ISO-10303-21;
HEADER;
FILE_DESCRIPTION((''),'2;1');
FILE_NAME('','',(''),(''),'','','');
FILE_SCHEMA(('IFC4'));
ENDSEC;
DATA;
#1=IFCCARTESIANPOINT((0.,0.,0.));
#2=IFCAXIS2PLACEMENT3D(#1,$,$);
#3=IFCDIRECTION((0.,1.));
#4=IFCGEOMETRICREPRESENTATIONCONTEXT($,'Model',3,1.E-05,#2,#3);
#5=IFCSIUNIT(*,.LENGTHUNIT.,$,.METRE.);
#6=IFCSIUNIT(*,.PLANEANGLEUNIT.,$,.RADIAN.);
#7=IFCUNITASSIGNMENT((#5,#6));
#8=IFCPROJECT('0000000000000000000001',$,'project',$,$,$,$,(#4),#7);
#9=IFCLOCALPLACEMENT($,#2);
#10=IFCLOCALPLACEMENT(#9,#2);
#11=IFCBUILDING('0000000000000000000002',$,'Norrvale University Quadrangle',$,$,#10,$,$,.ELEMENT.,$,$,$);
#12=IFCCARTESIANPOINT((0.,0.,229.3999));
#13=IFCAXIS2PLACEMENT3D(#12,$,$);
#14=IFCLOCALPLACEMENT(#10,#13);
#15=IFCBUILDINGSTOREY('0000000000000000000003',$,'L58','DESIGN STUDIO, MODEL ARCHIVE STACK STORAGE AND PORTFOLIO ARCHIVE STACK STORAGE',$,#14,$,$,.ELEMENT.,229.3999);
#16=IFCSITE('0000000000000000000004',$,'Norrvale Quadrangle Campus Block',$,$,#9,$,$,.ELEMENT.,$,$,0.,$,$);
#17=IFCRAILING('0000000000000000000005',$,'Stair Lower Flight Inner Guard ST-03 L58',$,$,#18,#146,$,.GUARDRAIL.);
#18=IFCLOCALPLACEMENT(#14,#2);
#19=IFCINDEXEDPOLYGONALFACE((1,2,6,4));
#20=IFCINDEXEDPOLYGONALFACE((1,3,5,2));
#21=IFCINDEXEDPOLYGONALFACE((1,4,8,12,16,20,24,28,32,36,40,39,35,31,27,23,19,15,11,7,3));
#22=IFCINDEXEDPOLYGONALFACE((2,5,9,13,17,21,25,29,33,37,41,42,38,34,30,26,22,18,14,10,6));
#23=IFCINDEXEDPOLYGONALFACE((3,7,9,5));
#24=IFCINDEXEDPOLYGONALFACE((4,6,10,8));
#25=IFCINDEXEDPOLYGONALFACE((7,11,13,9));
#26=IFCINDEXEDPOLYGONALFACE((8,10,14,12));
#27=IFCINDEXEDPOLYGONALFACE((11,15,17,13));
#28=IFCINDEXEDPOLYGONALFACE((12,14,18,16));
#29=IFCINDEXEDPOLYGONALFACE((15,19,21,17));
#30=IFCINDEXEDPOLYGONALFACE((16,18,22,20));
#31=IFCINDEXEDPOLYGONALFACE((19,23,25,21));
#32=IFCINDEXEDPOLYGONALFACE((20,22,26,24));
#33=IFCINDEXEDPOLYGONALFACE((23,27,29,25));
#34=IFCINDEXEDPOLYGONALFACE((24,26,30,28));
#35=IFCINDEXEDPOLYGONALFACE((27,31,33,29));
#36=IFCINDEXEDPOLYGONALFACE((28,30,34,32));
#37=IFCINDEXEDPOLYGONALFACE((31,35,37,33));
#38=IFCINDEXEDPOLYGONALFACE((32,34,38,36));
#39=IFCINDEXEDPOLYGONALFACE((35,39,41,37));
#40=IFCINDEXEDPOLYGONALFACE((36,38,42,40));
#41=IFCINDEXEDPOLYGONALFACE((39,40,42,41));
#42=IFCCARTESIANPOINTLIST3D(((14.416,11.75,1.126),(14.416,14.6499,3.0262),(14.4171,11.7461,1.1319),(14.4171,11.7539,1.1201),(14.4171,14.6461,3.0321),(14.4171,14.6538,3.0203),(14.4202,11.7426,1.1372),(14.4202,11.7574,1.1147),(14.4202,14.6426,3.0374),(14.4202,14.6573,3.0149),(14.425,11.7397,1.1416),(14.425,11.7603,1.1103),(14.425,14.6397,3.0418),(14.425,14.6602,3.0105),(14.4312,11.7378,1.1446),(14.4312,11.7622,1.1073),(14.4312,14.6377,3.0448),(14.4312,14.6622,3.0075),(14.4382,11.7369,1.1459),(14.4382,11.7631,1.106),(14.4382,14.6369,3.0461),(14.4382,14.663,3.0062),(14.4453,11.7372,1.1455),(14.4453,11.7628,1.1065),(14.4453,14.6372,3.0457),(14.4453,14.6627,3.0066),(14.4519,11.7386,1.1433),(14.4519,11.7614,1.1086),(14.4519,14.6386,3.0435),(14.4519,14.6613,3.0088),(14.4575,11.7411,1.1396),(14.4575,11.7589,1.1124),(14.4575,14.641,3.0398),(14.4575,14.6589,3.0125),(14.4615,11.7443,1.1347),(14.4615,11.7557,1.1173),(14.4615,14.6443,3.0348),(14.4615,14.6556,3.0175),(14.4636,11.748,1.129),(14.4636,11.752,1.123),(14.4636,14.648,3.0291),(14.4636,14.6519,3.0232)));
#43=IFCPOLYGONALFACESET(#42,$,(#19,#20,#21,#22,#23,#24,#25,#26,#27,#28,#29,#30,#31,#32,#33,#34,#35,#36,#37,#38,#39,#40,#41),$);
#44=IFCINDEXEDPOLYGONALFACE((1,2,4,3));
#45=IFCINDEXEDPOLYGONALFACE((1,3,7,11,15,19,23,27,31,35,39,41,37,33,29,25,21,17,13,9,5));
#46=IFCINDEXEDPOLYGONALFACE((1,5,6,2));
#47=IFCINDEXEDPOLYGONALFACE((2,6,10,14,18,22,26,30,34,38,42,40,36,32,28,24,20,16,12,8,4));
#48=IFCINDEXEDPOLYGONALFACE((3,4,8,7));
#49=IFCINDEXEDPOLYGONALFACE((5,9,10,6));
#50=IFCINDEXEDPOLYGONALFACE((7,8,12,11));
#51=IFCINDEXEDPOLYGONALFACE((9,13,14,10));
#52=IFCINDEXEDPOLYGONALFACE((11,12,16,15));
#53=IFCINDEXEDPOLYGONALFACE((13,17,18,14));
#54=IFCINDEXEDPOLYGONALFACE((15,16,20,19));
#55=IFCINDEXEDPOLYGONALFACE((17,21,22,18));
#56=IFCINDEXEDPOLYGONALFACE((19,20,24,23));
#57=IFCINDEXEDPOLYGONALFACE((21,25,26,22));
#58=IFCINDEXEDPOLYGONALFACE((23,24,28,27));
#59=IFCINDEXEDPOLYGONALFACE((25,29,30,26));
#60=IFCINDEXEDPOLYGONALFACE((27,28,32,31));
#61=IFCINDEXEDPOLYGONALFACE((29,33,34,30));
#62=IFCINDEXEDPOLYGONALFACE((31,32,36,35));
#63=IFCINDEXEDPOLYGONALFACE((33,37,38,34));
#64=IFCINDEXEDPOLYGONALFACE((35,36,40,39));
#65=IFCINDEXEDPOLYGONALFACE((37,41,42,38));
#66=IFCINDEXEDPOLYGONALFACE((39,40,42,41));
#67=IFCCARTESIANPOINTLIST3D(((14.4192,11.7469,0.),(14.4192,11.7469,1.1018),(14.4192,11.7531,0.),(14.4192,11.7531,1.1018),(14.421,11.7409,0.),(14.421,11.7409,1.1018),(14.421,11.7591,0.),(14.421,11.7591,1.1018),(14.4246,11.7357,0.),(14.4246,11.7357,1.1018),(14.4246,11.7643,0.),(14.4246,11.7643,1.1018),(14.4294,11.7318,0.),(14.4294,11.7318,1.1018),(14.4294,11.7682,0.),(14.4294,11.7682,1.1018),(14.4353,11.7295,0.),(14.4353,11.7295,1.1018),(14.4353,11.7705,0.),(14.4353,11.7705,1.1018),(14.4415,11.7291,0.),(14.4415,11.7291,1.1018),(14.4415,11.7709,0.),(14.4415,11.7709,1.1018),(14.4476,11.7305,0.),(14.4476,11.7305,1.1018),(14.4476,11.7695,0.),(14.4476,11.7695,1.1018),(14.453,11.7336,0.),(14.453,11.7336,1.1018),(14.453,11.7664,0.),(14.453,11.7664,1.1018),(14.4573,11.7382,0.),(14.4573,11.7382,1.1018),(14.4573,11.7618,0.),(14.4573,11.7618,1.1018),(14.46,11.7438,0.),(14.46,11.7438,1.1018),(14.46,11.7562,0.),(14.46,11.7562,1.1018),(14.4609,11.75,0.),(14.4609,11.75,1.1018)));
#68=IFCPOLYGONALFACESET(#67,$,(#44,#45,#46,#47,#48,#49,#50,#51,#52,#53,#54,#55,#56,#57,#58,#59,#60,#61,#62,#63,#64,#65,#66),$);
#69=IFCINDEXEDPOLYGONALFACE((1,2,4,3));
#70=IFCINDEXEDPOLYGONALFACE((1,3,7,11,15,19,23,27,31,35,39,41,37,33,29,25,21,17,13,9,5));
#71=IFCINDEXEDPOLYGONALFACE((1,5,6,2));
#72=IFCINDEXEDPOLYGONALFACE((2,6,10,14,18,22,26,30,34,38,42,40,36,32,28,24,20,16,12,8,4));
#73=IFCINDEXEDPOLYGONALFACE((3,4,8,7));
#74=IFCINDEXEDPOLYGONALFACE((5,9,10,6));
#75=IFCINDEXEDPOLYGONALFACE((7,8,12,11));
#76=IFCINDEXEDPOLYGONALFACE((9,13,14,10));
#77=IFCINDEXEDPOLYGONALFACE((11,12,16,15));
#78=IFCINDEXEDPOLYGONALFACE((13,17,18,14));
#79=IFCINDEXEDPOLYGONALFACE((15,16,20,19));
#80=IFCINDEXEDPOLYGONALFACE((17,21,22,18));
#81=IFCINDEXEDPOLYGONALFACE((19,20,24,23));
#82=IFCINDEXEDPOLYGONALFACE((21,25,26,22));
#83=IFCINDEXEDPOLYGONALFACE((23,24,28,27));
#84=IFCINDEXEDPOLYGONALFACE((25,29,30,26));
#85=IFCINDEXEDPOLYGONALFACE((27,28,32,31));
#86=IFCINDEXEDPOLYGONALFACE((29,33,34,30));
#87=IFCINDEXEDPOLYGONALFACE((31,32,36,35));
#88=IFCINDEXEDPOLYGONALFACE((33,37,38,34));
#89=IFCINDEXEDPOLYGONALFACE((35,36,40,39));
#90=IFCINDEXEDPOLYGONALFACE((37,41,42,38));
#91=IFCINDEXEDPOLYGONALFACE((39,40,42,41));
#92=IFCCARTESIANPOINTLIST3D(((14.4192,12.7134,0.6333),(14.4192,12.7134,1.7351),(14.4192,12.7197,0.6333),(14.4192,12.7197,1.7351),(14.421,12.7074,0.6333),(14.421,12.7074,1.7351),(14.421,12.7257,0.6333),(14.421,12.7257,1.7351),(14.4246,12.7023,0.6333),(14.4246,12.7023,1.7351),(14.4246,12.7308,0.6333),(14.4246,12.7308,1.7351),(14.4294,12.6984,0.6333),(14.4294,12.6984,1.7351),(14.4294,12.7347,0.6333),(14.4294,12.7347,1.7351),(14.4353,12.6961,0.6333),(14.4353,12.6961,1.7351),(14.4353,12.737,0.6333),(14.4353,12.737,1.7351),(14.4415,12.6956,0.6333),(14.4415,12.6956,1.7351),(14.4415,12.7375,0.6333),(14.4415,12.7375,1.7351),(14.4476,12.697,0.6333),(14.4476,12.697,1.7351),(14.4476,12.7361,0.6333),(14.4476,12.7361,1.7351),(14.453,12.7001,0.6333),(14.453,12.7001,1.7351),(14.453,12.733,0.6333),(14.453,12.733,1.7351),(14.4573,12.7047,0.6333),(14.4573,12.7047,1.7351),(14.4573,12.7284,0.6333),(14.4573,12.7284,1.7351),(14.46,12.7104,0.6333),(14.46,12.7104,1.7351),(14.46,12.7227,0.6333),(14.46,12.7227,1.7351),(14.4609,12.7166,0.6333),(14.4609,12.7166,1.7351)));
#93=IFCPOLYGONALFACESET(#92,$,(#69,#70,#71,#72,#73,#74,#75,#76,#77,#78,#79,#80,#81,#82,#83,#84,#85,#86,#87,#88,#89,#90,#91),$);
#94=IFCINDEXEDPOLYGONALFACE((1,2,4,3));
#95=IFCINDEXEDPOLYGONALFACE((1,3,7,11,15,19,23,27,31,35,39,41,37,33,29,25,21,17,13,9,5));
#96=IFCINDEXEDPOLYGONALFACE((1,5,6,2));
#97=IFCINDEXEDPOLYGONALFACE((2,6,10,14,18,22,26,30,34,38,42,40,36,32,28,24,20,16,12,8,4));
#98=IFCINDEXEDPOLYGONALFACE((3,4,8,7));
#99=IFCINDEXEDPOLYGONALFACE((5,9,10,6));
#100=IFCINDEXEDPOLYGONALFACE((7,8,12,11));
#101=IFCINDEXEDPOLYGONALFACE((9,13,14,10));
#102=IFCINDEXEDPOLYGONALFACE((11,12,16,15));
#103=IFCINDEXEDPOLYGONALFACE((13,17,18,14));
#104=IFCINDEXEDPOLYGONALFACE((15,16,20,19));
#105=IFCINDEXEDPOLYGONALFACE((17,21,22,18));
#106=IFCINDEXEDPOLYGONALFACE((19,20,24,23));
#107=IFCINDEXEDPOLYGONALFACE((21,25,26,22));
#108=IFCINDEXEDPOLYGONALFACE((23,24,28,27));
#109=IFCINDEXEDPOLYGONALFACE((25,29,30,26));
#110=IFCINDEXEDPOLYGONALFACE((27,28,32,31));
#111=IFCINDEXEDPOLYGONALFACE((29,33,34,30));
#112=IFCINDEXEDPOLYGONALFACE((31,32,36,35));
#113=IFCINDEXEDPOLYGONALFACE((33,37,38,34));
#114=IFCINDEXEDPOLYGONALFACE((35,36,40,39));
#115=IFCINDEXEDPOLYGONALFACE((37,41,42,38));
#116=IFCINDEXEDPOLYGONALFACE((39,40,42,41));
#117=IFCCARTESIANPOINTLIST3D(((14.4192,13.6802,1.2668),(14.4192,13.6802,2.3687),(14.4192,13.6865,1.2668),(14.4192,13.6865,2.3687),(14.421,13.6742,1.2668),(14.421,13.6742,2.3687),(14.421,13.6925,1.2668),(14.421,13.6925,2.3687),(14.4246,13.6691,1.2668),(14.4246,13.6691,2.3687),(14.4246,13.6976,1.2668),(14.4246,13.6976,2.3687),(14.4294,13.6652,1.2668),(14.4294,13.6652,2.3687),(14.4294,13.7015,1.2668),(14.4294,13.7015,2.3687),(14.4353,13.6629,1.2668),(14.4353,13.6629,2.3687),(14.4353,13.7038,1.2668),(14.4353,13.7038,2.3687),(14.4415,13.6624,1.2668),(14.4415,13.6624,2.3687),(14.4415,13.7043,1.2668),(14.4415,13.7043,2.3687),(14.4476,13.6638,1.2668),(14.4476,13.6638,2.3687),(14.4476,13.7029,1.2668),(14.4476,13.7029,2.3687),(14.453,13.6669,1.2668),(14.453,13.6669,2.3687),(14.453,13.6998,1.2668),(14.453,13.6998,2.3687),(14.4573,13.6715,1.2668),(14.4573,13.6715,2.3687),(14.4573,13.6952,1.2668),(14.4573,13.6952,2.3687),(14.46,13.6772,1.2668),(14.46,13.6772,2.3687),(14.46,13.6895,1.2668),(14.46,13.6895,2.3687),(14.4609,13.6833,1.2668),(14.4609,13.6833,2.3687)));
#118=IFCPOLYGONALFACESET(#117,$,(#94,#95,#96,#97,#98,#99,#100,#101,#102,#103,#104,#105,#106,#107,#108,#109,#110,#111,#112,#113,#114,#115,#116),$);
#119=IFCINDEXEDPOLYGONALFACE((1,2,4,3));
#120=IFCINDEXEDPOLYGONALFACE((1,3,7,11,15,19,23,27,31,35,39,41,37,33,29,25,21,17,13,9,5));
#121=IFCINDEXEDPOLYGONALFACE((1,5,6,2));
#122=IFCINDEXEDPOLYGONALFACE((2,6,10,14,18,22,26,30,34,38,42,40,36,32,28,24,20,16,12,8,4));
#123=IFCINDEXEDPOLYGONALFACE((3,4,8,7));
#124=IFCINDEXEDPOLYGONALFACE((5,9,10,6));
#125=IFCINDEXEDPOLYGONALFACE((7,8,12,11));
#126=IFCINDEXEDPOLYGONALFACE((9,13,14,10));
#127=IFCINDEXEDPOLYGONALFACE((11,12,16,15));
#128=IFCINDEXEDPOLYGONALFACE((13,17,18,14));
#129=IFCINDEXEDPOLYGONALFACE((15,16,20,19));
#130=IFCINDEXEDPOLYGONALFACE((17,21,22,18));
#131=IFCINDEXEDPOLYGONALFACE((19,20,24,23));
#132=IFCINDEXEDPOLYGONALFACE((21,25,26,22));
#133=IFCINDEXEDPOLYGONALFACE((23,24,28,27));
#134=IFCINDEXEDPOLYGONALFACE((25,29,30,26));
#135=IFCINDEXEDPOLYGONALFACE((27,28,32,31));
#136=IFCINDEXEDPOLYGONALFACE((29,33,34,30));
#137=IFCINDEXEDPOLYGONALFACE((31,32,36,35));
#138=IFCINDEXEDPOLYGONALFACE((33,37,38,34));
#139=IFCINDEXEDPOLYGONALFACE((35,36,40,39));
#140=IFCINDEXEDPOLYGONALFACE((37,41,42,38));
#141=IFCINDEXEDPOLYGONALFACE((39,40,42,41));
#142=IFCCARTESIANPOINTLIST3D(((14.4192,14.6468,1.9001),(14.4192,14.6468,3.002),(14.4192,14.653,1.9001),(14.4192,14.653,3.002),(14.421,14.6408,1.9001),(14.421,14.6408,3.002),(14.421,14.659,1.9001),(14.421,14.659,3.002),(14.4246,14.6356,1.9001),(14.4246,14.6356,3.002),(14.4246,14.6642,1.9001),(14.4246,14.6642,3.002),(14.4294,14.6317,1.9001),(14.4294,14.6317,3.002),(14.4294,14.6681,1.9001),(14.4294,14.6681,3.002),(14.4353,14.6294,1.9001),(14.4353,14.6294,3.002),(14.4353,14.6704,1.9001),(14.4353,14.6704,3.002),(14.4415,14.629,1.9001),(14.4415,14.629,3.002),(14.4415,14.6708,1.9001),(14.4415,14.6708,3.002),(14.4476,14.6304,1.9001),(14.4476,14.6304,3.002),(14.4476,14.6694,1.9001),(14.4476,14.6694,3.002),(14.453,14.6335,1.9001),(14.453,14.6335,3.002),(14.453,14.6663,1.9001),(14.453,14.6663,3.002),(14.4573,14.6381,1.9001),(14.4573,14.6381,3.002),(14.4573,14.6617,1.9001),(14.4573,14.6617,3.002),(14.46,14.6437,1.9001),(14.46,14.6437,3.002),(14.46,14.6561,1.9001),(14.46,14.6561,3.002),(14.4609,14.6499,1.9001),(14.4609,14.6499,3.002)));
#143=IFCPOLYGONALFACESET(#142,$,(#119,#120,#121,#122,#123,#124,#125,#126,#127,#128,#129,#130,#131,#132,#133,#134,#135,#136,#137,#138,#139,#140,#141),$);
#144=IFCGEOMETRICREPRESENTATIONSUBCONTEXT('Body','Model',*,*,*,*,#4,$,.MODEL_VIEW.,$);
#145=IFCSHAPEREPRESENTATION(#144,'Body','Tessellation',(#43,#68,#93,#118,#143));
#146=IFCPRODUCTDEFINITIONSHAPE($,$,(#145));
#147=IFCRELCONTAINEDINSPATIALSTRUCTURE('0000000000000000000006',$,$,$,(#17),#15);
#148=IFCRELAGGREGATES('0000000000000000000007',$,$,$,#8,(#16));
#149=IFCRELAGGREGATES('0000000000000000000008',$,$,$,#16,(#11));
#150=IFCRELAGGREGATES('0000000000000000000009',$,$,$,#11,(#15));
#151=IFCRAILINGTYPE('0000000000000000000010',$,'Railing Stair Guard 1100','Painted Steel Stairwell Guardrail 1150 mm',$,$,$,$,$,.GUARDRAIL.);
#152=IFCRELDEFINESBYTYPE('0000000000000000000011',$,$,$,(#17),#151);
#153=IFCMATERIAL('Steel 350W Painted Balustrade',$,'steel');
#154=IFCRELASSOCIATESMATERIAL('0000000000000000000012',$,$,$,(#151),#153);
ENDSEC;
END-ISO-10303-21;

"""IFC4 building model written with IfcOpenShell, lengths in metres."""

from ifc_helpers import new_model, si_unit, direction, frame, origin, origin_2d, place, context, subcontext, project, spatial, circle, extrude, material, type_object, element, save


model = new_model("IFC4")

# Units and contexts
model_context = context("Model", 3, precision=1e-05, world=origin(), true_north=direction((0.0, 1.0)))
body_context = subcontext(model_context, "Body", "Model", "MODEL_VIEW")
ifc_project = project(units=[si_unit("LENGTHUNIT", "METRE"), si_unit("PLANEANGLEUNIT", "RADIAN")], contexts=[model_context])

# Site, building, storey
site_placement = place(None, origin())
site = spatial("IfcSite", under=ifc_project, at=site_placement, Name="Norrvale Quadrangle Campus Block", CompositionType="ELEMENT", RefElevation=0.0)
building_placement = place(site_placement, origin())
building = spatial("IfcBuilding", under=site, at=building_placement, Name="Norrvale University Quadrangle", CompositionType="ELEMENT")
storey_placement = place(building_placement, frame((0.0, 0.0, 229.3999)))
storey = spatial("IfcBuildingStorey", under=building, at=storey_placement, Name="L58", Description="DESIGN STUDIO, MODEL ARCHIVE STACK STORAGE AND PORTFOLIO ARCHIVE STACK STORAGE", CompositionType="ELEMENT", Elevation=229.3999)

# Railing
ifc_material_1 = material(Name="Steel 350W Painted Balustrade", Category="steel")
railing_type_1 = type_object("IfcRailingType", Name="Railing Stair Guard 1100", Description="Painted Steel Stairwell Guardrail 1150 mm", PredefinedType="GUARDRAIL", material=ifc_material_1)
railing_1_placement = place(storey_placement, frame((14.4399, 11.75, 0.0)))
element("IfcRailing", 1, at=railing_1_placement, inside=storey, type_object=railing_type_1, Name="Stair Lower Flight Inner Guard ST-03 L58", PredefinedType="GUARDRAIL", context=body_context, shape_type="SweptSolid", body=[
    extrude(circle(Radius=0.0239, at=origin_2d()), frame((0.0, 0.0, 1.126), z_axis=(0.0, 0.836433, 0.548069), x_axis=(-1.0, 0.0, 0.0)), (0.0, 0.0, 1.0), 3.467),
    extrude(circle(Radius=0.021, at=origin_2d()), origin(), (0.0, 0.0, 1.0), 1.1018),
    extrude(circle(Radius=0.021, at=origin_2d()), frame((0.0, 0.9666, 0.6333)), (0.0, 0.0, 1.0), 1.1018),
    extrude(circle(Radius=0.021, at=origin_2d()), frame((0.0, 1.9333, 1.2668)), (0.0, 0.0, 1.0), 1.1018),
    extrude(circle(Radius=0.021, at=origin_2d()), frame((0.0, 2.8999, 1.9001)), (0.0, 0.0, 1.0), 1.1018),
])

save(model, "model.ifc")
